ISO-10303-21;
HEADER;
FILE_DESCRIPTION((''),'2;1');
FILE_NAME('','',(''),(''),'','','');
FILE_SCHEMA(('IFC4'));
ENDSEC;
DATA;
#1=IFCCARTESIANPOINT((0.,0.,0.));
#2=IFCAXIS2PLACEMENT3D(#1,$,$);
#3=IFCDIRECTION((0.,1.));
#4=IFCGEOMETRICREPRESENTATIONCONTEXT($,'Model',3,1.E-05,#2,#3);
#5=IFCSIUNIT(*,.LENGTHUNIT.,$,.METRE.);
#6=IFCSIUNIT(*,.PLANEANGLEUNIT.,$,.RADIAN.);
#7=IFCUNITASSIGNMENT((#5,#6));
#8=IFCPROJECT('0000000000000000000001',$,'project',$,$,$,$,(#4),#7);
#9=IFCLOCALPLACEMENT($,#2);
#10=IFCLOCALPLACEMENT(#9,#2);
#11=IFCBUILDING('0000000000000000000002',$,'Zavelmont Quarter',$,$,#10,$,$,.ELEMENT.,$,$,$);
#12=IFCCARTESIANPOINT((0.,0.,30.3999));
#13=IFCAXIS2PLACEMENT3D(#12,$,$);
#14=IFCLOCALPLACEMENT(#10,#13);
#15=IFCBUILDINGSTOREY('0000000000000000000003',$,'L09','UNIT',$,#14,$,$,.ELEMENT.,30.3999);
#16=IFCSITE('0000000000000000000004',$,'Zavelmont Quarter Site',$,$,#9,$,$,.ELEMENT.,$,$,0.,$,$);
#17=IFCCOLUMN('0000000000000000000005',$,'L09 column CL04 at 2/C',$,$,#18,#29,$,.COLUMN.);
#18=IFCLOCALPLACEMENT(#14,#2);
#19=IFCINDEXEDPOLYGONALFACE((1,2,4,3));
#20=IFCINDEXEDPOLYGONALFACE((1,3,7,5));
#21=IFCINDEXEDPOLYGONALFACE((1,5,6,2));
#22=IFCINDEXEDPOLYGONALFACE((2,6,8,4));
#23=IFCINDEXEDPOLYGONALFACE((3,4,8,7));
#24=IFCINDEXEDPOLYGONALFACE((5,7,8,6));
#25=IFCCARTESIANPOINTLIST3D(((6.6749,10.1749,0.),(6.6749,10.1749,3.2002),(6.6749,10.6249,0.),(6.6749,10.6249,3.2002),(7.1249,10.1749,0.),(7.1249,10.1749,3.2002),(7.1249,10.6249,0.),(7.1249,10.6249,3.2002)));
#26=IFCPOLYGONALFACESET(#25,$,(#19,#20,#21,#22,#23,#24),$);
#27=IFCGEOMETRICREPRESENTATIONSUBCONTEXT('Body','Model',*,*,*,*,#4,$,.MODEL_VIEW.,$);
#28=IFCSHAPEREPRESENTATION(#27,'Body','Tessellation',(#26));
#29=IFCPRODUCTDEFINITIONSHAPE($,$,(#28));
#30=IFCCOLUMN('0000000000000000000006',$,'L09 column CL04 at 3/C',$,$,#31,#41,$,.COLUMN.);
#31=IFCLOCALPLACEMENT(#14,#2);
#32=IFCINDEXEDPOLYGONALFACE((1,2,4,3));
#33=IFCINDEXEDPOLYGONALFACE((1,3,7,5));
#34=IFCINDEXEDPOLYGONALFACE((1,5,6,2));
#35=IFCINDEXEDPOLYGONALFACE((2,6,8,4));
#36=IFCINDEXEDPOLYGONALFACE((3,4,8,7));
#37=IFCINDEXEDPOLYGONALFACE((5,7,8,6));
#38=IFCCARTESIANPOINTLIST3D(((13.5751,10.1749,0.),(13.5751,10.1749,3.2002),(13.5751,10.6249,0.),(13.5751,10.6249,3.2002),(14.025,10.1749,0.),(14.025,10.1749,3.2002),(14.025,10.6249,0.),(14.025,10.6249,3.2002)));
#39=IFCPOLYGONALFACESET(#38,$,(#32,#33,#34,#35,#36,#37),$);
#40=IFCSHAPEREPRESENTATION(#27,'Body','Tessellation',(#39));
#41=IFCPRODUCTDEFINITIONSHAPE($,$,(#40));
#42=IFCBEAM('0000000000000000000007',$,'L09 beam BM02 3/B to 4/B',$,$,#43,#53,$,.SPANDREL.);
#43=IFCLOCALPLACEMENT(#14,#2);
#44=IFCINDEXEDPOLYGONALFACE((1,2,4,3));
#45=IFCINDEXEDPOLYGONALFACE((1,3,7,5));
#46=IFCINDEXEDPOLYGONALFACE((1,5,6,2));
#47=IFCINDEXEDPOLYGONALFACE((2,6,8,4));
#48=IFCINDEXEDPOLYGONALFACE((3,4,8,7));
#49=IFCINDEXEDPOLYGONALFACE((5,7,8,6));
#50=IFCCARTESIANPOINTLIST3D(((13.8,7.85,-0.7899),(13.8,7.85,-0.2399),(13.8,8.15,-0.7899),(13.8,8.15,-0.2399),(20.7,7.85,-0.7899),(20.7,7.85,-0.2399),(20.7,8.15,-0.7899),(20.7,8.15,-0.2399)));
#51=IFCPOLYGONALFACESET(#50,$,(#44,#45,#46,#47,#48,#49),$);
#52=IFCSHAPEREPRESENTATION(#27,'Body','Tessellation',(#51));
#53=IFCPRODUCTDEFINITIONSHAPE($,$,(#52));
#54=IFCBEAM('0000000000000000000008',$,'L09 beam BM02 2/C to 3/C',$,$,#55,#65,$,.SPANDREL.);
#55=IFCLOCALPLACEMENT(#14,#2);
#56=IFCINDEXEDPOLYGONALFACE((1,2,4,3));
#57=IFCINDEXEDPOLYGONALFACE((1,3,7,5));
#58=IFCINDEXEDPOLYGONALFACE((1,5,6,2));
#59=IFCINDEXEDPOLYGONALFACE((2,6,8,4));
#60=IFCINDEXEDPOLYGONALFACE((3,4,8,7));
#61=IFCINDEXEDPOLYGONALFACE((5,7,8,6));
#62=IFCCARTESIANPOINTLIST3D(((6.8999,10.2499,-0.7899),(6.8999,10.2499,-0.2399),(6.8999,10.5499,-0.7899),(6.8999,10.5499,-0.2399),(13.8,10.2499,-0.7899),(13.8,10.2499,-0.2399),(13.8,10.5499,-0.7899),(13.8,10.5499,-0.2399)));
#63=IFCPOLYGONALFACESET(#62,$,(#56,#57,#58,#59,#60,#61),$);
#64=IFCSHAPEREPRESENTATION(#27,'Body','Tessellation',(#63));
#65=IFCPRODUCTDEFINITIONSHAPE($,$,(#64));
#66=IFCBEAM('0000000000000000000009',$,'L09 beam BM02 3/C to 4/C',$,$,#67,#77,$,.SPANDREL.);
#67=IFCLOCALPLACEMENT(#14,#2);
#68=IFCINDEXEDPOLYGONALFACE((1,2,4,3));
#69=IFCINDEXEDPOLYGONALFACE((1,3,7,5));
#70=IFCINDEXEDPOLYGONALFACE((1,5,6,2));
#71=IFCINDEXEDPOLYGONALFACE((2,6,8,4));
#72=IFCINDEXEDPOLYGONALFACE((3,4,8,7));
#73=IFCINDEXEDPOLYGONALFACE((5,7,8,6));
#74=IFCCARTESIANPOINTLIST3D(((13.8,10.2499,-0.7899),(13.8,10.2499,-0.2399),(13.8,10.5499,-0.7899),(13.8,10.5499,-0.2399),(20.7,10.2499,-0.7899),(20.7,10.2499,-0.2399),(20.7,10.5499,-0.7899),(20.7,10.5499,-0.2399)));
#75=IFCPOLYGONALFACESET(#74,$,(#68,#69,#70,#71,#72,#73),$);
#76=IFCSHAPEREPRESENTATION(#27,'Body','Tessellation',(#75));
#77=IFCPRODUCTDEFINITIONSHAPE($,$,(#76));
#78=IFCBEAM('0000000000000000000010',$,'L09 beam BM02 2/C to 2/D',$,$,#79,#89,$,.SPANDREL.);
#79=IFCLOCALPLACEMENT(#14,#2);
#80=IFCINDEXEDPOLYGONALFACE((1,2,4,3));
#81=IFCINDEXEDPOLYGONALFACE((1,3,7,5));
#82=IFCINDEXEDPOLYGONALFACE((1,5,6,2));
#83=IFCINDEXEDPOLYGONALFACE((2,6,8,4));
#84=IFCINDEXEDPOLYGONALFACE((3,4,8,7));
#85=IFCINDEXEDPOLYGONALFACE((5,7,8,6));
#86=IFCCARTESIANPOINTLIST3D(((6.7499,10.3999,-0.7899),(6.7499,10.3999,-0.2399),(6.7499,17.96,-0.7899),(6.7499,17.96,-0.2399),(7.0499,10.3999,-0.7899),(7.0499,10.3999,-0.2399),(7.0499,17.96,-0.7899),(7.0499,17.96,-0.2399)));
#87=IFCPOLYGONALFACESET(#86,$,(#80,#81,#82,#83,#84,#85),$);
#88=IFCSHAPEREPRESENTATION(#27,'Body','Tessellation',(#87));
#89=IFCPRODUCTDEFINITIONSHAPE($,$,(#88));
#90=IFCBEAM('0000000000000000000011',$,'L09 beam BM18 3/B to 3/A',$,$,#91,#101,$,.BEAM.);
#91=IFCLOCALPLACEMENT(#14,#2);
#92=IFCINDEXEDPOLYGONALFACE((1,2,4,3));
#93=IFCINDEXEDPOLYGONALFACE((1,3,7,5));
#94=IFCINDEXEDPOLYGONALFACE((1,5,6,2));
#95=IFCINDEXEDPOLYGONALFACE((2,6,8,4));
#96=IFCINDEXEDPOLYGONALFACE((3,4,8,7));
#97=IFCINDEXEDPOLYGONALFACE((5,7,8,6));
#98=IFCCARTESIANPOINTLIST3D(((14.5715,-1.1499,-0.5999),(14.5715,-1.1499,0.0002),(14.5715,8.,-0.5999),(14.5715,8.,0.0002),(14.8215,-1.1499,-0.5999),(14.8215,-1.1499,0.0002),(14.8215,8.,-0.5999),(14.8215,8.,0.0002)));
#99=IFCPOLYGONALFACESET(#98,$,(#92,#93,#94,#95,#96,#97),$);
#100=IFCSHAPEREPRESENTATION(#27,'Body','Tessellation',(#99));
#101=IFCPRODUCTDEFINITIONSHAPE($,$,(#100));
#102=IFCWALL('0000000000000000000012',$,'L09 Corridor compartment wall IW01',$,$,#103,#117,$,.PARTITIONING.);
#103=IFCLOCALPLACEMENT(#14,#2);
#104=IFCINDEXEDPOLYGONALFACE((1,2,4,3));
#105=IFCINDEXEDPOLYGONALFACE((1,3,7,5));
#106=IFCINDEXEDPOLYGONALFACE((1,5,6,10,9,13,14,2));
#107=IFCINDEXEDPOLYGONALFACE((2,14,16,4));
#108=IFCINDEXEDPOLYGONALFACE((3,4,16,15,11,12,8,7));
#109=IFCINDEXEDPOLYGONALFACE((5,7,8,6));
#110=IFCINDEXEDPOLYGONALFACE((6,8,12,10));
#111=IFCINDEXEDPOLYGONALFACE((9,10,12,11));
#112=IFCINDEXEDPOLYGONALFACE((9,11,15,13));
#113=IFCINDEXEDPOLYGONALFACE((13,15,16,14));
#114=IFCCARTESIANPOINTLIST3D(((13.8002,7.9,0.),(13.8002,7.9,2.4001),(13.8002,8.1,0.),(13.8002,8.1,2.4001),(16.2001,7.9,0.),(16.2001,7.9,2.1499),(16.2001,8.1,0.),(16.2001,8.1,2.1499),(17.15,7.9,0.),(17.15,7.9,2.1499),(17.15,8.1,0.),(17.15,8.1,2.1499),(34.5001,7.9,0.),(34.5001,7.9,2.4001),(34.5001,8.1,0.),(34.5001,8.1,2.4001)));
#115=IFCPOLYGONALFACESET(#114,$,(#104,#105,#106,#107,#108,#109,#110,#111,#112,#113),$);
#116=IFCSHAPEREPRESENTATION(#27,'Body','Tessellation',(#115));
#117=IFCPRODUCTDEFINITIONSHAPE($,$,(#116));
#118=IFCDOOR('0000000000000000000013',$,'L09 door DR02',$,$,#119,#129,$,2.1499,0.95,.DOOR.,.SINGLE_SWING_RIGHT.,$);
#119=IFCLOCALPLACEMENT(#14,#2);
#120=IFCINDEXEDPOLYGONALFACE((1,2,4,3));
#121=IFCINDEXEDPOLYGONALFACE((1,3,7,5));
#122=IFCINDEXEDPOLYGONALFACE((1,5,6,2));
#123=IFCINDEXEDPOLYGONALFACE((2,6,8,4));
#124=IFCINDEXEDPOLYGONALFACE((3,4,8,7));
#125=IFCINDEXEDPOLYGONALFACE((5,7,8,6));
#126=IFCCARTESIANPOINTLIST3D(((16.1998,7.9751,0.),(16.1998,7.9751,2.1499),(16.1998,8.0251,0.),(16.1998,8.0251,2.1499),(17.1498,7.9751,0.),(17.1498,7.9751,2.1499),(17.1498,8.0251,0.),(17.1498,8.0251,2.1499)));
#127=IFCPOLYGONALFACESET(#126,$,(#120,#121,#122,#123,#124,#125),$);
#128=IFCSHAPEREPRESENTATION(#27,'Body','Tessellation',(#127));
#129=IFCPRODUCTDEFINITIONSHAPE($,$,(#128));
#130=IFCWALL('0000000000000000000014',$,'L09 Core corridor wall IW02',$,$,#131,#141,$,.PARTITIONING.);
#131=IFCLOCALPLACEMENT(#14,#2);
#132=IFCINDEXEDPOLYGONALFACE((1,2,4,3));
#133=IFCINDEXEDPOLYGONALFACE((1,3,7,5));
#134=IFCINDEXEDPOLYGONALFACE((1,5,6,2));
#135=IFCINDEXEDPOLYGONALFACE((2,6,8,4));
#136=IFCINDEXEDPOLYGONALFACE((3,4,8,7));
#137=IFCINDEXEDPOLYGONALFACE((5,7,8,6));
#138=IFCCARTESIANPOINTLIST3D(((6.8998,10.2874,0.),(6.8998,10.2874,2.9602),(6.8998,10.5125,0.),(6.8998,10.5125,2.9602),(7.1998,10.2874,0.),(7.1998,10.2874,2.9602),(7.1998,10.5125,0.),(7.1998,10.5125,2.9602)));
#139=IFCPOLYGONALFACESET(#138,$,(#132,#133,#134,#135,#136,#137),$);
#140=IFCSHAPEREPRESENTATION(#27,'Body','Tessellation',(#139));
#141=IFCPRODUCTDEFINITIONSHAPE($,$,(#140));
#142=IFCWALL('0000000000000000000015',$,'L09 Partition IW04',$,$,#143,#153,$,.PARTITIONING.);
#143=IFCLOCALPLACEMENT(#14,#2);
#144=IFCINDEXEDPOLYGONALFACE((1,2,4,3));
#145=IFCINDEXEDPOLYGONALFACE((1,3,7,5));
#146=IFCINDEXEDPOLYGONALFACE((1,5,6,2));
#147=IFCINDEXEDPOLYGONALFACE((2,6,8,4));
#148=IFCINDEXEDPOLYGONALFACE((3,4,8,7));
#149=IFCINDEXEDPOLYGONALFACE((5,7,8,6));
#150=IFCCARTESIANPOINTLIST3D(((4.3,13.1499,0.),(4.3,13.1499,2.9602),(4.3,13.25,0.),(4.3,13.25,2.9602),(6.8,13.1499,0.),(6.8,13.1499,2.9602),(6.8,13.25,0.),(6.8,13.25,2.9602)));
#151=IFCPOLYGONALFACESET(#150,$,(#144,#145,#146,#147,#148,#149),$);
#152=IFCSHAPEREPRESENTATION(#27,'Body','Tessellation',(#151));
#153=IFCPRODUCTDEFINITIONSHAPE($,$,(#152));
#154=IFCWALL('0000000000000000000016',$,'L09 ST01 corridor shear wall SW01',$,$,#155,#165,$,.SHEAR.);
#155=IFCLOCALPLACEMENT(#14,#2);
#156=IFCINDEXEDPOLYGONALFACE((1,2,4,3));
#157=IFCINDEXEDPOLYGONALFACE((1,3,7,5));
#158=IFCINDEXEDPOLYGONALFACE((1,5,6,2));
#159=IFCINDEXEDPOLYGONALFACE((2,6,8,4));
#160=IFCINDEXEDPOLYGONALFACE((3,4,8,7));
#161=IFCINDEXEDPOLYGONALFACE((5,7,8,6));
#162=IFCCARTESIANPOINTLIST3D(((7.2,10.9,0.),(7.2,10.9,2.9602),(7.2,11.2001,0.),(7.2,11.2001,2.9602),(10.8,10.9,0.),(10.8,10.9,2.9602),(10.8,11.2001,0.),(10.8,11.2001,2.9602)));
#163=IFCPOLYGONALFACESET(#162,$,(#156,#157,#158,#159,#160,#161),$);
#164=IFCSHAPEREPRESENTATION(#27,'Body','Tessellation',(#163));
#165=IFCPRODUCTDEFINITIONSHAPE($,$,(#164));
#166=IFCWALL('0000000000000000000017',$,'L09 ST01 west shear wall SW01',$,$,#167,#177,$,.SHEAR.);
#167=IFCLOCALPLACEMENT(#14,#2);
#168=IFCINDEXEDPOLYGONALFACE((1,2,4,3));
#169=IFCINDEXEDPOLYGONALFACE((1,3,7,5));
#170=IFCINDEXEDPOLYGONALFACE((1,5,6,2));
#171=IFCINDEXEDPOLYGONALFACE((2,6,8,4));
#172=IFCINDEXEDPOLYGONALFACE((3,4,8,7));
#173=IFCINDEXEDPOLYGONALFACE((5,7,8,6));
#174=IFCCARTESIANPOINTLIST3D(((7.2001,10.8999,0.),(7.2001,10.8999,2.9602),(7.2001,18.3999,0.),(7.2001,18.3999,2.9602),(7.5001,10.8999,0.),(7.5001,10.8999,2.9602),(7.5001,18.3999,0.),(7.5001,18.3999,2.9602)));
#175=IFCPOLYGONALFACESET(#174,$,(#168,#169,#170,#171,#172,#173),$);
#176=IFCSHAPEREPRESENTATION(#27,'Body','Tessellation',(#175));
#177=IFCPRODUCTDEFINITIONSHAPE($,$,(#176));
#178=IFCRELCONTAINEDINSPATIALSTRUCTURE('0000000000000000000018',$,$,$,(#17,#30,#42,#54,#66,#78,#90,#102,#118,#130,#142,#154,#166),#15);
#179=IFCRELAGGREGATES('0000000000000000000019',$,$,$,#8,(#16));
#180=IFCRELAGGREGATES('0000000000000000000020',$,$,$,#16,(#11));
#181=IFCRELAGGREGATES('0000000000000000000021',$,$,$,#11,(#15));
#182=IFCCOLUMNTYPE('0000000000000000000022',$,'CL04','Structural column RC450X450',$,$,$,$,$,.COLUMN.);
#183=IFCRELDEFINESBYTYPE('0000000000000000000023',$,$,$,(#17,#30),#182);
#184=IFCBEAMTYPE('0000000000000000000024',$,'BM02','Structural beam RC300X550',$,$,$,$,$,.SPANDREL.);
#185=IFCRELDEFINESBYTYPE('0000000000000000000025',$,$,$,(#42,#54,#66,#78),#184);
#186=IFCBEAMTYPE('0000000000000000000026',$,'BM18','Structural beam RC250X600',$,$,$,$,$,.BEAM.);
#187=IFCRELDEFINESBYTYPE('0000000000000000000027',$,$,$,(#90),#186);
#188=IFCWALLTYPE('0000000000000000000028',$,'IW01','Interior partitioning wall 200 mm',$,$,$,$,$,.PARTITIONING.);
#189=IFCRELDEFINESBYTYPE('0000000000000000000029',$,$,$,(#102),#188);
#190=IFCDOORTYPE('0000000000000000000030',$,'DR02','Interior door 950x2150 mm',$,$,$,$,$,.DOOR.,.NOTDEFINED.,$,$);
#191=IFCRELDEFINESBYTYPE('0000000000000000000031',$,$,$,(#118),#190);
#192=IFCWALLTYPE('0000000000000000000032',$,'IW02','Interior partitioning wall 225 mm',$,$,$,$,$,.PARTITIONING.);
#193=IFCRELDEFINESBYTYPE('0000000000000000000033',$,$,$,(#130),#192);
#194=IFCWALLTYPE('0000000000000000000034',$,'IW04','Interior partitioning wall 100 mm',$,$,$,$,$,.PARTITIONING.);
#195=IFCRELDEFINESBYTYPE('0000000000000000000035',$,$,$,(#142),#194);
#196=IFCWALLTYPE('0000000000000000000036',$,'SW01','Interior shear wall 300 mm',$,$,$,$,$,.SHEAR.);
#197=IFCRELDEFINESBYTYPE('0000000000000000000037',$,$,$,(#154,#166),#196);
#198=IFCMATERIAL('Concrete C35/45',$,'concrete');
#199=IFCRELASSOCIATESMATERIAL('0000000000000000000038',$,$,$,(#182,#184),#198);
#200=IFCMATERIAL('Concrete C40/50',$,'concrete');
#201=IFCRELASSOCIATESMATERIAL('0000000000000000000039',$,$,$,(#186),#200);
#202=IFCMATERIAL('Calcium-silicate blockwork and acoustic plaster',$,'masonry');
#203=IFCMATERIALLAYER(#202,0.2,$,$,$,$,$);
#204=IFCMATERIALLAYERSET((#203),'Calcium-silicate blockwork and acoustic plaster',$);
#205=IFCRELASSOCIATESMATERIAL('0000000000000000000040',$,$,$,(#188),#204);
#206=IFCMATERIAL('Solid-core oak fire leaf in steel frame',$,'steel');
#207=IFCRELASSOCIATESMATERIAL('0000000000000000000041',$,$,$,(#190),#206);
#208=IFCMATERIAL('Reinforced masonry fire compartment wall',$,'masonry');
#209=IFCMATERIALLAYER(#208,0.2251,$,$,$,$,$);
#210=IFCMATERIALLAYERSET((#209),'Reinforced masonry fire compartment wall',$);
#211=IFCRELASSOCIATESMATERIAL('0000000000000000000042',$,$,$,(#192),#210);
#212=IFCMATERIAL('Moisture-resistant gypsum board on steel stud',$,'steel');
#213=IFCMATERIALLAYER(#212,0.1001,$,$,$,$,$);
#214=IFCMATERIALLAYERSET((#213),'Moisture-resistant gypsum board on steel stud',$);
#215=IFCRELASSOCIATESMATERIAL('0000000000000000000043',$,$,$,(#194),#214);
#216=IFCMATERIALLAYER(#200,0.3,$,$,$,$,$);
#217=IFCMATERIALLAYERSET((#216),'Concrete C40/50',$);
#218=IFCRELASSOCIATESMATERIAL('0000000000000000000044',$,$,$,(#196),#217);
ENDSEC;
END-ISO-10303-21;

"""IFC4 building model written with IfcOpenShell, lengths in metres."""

from ifc_helpers import new_model, si_unit, direction, frame, frame_2d, origin, origin_2d, place, context, subcontext, project, spatial, rectangle, extrude, material, layer, layer_set, material_profile, profile_set, type_object, element, fill, save


model = new_model("IFC4")

# Units and contexts
model_context = context("Model", 3, precision=1e-05, world=origin(), true_north=direction((0.0, 1.0)))
body_context = subcontext(model_context, "Body", "Model", "MODEL_VIEW")
ifc_project = project(units=[si_unit("LENGTHUNIT", "METRE"), si_unit("PLANEANGLEUNIT", "RADIAN")], contexts=[model_context])

# Site, building, storey
site_placement = place(None, origin())
site = spatial("IfcSite", under=ifc_project, at=site_placement, Name="Zavelmont Quarter Site", CompositionType="ELEMENT", RefElevation=0.0)
building_placement = place(site_placement, origin())
building = spatial("IfcBuilding", under=site, at=building_placement, Name="Zavelmont Quarter", CompositionType="ELEMENT")
storey_placement = place(building_placement, frame((0.0, 0.0, 30.3999)))
storey = spatial("IfcBuildingStorey", under=building, at=storey_placement, Name="L09", Description="UNIT", CompositionType="ELEMENT", Elevation=30.3999)

# Columns
ifc_material_1 = material(Name="Concrete C35/45", Category="concrete")
ifc_material_profile_1 = material_profile(ifc_material_1, rectangle(XDim=0.45, YDim=0.45, at=origin_2d()), Name="RC450X450")
ifc_profile_set_1 = profile_set([ifc_material_profile_1], Name="Concrete C35/45")
column_type = type_object("IfcColumnType", Name="CL04", Description="Structural column RC450X450", PredefinedType="COLUMN", material=ifc_profile_set_1)
for number, where, z_axis, x_axis, name in (
    (1, (6.8999, 10.3999, 0.0), (0.0, 0.0, 1.0), (1.0, 0.0, 0.0), "L09 column CL04 at 2/C"),
    (2, (13.8, 10.3999, 0.0), (0.0, 0.0, 1.0), (1.0, 0.0, 0.0), "L09 column CL04 at 3/C"),
):
    element("IfcColumn", number, at=place(storey_placement, frame(where, z_axis=z_axis, x_axis=x_axis)), inside=storey, type_object=column_type, Name=name, PredefinedType="COLUMN", context=body_context, shape_type="SweptSolid", body=[
        extrude(rectangle(XDim=0.45, YDim=0.45, at=origin_2d()), origin(), (0.0, 0.0, 1.0), 3.2002),
    ])

# Beams
ifc_material_profile_2 = material_profile(ifc_material_1, rectangle(XDim=0.3, YDim=0.55, at=origin_2d()), Name="RC300X550")
ifc_profile_set_2 = profile_set([ifc_material_profile_2], Name="Concrete C35/45")
beam_type_1 = type_object("IfcBeamType", Name="BM02", Description="Structural beam RC300X550", PredefinedType="SPANDREL", material=ifc_profile_set_2)
beam_1_placement = place(storey_placement, frame((13.8, 8.0, -0.5149), z_axis=(1.0, 0.0, 0.0), x_axis=(0.0, 1.0, 0.0)))
element("IfcBeam", 3, at=beam_1_placement, inside=storey, type_object=beam_type_1, Name="L09 beam BM02 3/B to 4/B", PredefinedType="SPANDREL", context=body_context, shape_type="SweptSolid", body=[
    extrude(rectangle(XDim=0.3, YDim=0.55, at=origin_2d()), origin(), (0.0, 0.0, 1.0), 6.8999),
])
beam_2_placement = place(storey_placement, frame((6.8999, 10.3999, -0.5149), z_axis=(1.0, 0.0, 0.0), x_axis=(0.0, 1.0, 0.0)))
element("IfcBeam", 4, at=beam_2_placement, inside=storey, type_object=beam_type_1, Name="L09 beam BM02 2/C to 3/C", PredefinedType="SPANDREL", context=body_context, shape_type="SweptSolid", body=[
    extrude(rectangle(XDim=0.3, YDim=0.55, at=origin_2d()), origin(), (0.0, 0.0, 1.0), 6.9001),
])
beam_3_placement = place(storey_placement, frame((13.8, 10.3999, -0.5149), z_axis=(1.0, 0.0, 0.0), x_axis=(0.0, 1.0, 0.0)))
element("IfcBeam", 5, at=beam_3_placement, inside=storey, type_object=beam_type_1, Name="L09 beam BM02 3/C to 4/C", PredefinedType="SPANDREL", context=body_context, shape_type="SweptSolid", body=[
    extrude(rectangle(XDim=0.3, YDim=0.55, at=origin_2d()), origin(), (0.0, 0.0, 1.0), 6.8999),
])
beam_4_placement = place(storey_placement, frame((6.8999, 10.3999, -0.5149), z_axis=(0.0, 1.0, 0.0), x_axis=(-1.0, 0.0, 0.0)))
element("IfcBeam", 6, at=beam_4_placement, inside=storey, type_object=beam_type_1, Name="L09 beam BM02 2/C to 2/D", PredefinedType="SPANDREL", context=body_context, shape_type="SweptSolid", body=[
    extrude(rectangle(XDim=0.3, YDim=0.55, at=origin_2d()), origin(), (0.0, 0.0, 1.0), 7.5601),
])
ifc_material_2 = material(Name="Concrete C40/50", Category="concrete")
ifc_material_profile_3 = material_profile(ifc_material_2, rectangle(XDim=0.25, YDim=0.6001, at=origin_2d()), Name="RC250X600")
ifc_profile_set_3 = profile_set([ifc_material_profile_3], Name="Concrete C40/50")
beam_type_2 = type_object("IfcBeamType", Name="BM18", Description="Structural beam RC250X600", PredefinedType="BEAM", material=ifc_profile_set_3)
beam_5_placement = place(storey_placement, frame((14.6965, 8.0, -0.2998), z_axis=(0.0, -1.0, 0.0), x_axis=(1.0, 0.0, 0.0)))
element("IfcBeam", 7, at=beam_5_placement, inside=storey, type_object=beam_type_2, Name="L09 beam BM18 3/B to 3/A", PredefinedType="BEAM", context=body_context, shape_type="SweptSolid", body=[
    extrude(rectangle(XDim=0.25, YDim=0.6001, at=origin_2d()), origin(), (0.0, 0.0, 1.0), 9.1499),
])

# Wall, opening, door
ifc_material_3 = material(Name="Calcium-silicate blockwork and acoustic plaster", Category="masonry")
ifc_layer_1 = layer(ifc_material_3, 0.2)
ifc_layer_set_1 = layer_set([ifc_layer_1], Name="Calcium-silicate blockwork and acoustic plaster")
wall_type_1 = type_object("IfcWallType", Name="IW01", Description="Interior partitioning wall 200 mm", PredefinedType="PARTITIONING", material=ifc_layer_set_1)
wall_1_placement = place(storey_placement, frame((13.8, 8.0, 0.0), z_axis=(0.0, 0.0, 1.0), x_axis=(1.0, 0.0, 0.0)))
wall_1 = element("IfcWall", 8, at=wall_1_placement, inside=storey, type_object=wall_type_1, Name="L09 Corridor compartment wall IW01", PredefinedType="PARTITIONING", context=body_context, shape_type="SweptSolid", body=[
    extrude(rectangle(XDim=20.7, YDim=0.2, at=frame_2d((10.3501, 0.0))), origin(), (0.0, 0.0, 1.0), 2.4001),
])
opening_1_placement = place(wall_1_placement, frame((2.3999, 0.0, 0.0)))
opening_1 = element("IfcOpeningElement", 9, at=opening_1_placement, cuts=wall_1, PredefinedType="OPENING", context=body_context, shape_type="SweptSolid", body=[
    extrude(rectangle(XDim=0.95, YDim=2.1499, at=frame_2d((0.4751, 1.075))), frame((0.0, 0.1118, 0.0), z_axis=(0.0, -1.0, 0.0), x_axis=(1.0, 0.0, 0.0)), (0.0, 0.0, 1.0), 0.2239),
])
ifc_material_4 = material(Name="Solid-core oak fire leaf in steel frame", Category="steel")
door_type_1 = type_object("IfcDoorType", Name="DR02", Description="Interior door 950x2150 mm", OperationType="NOTDEFINED", PredefinedType="DOOR", material=ifc_material_4)
door_1_placement = place(opening_1_placement, frame((0.95, 0.0, 0.0), z_axis=(0.0, 0.0, 1.0), x_axis=(-1.0, 0.0, 0.0)))
door_1 = element("IfcDoor", 10, at=door_1_placement, inside=storey, type_object=door_type_1, Name="L09 door DR02", OperationType="SINGLE_SWING_RIGHT", OverallHeight=2.1499, OverallWidth=0.95, PredefinedType="DOOR", context=body_context, shape_type="SweptSolid", body=[
    extrude(rectangle(XDim=0.95, YDim=2.1499, at=frame_2d((0.4751, 1.075))), frame((0.0, 0.0249, 0.0), z_axis=(0.0, -1.0, 0.0), x_axis=(1.0, 0.0, 0.0)), (0.0, 0.0, 1.0), 0.05),
])
fill(opening_1, door_1)
ifc_material_5 = material(Name="Reinforced masonry fire compartment wall", Category="masonry")
ifc_layer_2 = layer(ifc_material_5, 0.2251)
ifc_layer_set_2 = layer_set([ifc_layer_2], Name="Reinforced masonry fire compartment wall")
wall_type_2 = type_object("IfcWallType", Name="IW02", Description="Interior partitioning wall 225 mm", PredefinedType="PARTITIONING", material=ifc_layer_set_2)

# Wall
wall_2_placement = place(storey_placement, frame((6.8999, 10.3999, 0.0), z_axis=(0.0, 0.0, 1.0), x_axis=(1.0, 0.0, 0.0)))
element("IfcWall", 11, at=wall_2_placement, inside=storey, type_object=wall_type_2, Name="L09 Core corridor wall IW02", PredefinedType="PARTITIONING", context=body_context, shape_type="SweptSolid", body=[
    extrude(rectangle(XDim=0.3, YDim=0.2251, at=frame_2d((0.1499, 0.0))), origin(), (0.0, 0.0, 1.0), 2.9602),
])

# Walls
ifc_material_6 = material(Name="Moisture-resistant gypsum board on steel stud", Category="steel")
ifc_layer_3 = layer(ifc_material_6, 0.1001)
ifc_layer_set_3 = layer_set([ifc_layer_3], Name="Moisture-resistant gypsum board on steel stud")
wall_type_3 = type_object("IfcWallType", Name="IW04", Description="Interior partitioning wall 100 mm", PredefinedType="PARTITIONING", material=ifc_layer_set_3)
wall_3_placement = place(storey_placement, frame((4.3, 13.2, 0.0), z_axis=(0.0, 0.0, 1.0), x_axis=(1.0, 0.0, 0.0)))
element("IfcWall", 12, at=wall_3_placement, inside=storey, type_object=wall_type_3, Name="L09 Partition IW04", PredefinedType="PARTITIONING", context=body_context, shape_type="SweptSolid", body=[
    extrude(rectangle(XDim=2.5, YDim=0.1001, at=frame_2d((1.25, 0.0))), origin(), (0.0, 0.0, 1.0), 2.9602),
])
ifc_layer_4 = layer(ifc_material_2, 0.3)
ifc_layer_set_4 = layer_set([ifc_layer_4], Name="Concrete C40/50")
wall_type_4 = type_object("IfcWallType", Name="SW01", Description="Interior shear wall 300 mm", PredefinedType="SHEAR", material=ifc_layer_set_4)
wall_4_placement = place(storey_placement, frame((7.2, 11.05, 0.0), z_axis=(0.0, 0.0, 1.0), x_axis=(1.0, 0.0, 0.0)))
element("IfcWall", 13, at=wall_4_placement, inside=storey, type_object=wall_type_4, Name="L09 ST01 corridor shear wall SW01", PredefinedType="SHEAR", context=body_context, shape_type="SweptSolid", body=[
    extrude(rectangle(XDim=3.6001, YDim=0.3, at=frame_2d((1.8, 0.0))), origin(), (0.0, 0.0, 1.0), 2.9602),
])
wall_5_placement = place(storey_placement, frame((7.3501, 10.8999, 0.0), z_axis=(0.0, 0.0, 1.0), x_axis=(0.0, 1.0, 0.0)))
element("IfcWall", 14, at=wall_5_placement, inside=storey, type_object=wall_type_4, Name="L09 ST01 west shear wall SW01", PredefinedType="SHEAR", context=body_context, shape_type="SweptSolid", body=[
    extrude(rectangle(XDim=7.5, YDim=0.3, at=frame_2d((3.75, 0.0))), origin(), (0.0, 0.0, 1.0), 2.9602),
])

save(model, "model.ifc")
